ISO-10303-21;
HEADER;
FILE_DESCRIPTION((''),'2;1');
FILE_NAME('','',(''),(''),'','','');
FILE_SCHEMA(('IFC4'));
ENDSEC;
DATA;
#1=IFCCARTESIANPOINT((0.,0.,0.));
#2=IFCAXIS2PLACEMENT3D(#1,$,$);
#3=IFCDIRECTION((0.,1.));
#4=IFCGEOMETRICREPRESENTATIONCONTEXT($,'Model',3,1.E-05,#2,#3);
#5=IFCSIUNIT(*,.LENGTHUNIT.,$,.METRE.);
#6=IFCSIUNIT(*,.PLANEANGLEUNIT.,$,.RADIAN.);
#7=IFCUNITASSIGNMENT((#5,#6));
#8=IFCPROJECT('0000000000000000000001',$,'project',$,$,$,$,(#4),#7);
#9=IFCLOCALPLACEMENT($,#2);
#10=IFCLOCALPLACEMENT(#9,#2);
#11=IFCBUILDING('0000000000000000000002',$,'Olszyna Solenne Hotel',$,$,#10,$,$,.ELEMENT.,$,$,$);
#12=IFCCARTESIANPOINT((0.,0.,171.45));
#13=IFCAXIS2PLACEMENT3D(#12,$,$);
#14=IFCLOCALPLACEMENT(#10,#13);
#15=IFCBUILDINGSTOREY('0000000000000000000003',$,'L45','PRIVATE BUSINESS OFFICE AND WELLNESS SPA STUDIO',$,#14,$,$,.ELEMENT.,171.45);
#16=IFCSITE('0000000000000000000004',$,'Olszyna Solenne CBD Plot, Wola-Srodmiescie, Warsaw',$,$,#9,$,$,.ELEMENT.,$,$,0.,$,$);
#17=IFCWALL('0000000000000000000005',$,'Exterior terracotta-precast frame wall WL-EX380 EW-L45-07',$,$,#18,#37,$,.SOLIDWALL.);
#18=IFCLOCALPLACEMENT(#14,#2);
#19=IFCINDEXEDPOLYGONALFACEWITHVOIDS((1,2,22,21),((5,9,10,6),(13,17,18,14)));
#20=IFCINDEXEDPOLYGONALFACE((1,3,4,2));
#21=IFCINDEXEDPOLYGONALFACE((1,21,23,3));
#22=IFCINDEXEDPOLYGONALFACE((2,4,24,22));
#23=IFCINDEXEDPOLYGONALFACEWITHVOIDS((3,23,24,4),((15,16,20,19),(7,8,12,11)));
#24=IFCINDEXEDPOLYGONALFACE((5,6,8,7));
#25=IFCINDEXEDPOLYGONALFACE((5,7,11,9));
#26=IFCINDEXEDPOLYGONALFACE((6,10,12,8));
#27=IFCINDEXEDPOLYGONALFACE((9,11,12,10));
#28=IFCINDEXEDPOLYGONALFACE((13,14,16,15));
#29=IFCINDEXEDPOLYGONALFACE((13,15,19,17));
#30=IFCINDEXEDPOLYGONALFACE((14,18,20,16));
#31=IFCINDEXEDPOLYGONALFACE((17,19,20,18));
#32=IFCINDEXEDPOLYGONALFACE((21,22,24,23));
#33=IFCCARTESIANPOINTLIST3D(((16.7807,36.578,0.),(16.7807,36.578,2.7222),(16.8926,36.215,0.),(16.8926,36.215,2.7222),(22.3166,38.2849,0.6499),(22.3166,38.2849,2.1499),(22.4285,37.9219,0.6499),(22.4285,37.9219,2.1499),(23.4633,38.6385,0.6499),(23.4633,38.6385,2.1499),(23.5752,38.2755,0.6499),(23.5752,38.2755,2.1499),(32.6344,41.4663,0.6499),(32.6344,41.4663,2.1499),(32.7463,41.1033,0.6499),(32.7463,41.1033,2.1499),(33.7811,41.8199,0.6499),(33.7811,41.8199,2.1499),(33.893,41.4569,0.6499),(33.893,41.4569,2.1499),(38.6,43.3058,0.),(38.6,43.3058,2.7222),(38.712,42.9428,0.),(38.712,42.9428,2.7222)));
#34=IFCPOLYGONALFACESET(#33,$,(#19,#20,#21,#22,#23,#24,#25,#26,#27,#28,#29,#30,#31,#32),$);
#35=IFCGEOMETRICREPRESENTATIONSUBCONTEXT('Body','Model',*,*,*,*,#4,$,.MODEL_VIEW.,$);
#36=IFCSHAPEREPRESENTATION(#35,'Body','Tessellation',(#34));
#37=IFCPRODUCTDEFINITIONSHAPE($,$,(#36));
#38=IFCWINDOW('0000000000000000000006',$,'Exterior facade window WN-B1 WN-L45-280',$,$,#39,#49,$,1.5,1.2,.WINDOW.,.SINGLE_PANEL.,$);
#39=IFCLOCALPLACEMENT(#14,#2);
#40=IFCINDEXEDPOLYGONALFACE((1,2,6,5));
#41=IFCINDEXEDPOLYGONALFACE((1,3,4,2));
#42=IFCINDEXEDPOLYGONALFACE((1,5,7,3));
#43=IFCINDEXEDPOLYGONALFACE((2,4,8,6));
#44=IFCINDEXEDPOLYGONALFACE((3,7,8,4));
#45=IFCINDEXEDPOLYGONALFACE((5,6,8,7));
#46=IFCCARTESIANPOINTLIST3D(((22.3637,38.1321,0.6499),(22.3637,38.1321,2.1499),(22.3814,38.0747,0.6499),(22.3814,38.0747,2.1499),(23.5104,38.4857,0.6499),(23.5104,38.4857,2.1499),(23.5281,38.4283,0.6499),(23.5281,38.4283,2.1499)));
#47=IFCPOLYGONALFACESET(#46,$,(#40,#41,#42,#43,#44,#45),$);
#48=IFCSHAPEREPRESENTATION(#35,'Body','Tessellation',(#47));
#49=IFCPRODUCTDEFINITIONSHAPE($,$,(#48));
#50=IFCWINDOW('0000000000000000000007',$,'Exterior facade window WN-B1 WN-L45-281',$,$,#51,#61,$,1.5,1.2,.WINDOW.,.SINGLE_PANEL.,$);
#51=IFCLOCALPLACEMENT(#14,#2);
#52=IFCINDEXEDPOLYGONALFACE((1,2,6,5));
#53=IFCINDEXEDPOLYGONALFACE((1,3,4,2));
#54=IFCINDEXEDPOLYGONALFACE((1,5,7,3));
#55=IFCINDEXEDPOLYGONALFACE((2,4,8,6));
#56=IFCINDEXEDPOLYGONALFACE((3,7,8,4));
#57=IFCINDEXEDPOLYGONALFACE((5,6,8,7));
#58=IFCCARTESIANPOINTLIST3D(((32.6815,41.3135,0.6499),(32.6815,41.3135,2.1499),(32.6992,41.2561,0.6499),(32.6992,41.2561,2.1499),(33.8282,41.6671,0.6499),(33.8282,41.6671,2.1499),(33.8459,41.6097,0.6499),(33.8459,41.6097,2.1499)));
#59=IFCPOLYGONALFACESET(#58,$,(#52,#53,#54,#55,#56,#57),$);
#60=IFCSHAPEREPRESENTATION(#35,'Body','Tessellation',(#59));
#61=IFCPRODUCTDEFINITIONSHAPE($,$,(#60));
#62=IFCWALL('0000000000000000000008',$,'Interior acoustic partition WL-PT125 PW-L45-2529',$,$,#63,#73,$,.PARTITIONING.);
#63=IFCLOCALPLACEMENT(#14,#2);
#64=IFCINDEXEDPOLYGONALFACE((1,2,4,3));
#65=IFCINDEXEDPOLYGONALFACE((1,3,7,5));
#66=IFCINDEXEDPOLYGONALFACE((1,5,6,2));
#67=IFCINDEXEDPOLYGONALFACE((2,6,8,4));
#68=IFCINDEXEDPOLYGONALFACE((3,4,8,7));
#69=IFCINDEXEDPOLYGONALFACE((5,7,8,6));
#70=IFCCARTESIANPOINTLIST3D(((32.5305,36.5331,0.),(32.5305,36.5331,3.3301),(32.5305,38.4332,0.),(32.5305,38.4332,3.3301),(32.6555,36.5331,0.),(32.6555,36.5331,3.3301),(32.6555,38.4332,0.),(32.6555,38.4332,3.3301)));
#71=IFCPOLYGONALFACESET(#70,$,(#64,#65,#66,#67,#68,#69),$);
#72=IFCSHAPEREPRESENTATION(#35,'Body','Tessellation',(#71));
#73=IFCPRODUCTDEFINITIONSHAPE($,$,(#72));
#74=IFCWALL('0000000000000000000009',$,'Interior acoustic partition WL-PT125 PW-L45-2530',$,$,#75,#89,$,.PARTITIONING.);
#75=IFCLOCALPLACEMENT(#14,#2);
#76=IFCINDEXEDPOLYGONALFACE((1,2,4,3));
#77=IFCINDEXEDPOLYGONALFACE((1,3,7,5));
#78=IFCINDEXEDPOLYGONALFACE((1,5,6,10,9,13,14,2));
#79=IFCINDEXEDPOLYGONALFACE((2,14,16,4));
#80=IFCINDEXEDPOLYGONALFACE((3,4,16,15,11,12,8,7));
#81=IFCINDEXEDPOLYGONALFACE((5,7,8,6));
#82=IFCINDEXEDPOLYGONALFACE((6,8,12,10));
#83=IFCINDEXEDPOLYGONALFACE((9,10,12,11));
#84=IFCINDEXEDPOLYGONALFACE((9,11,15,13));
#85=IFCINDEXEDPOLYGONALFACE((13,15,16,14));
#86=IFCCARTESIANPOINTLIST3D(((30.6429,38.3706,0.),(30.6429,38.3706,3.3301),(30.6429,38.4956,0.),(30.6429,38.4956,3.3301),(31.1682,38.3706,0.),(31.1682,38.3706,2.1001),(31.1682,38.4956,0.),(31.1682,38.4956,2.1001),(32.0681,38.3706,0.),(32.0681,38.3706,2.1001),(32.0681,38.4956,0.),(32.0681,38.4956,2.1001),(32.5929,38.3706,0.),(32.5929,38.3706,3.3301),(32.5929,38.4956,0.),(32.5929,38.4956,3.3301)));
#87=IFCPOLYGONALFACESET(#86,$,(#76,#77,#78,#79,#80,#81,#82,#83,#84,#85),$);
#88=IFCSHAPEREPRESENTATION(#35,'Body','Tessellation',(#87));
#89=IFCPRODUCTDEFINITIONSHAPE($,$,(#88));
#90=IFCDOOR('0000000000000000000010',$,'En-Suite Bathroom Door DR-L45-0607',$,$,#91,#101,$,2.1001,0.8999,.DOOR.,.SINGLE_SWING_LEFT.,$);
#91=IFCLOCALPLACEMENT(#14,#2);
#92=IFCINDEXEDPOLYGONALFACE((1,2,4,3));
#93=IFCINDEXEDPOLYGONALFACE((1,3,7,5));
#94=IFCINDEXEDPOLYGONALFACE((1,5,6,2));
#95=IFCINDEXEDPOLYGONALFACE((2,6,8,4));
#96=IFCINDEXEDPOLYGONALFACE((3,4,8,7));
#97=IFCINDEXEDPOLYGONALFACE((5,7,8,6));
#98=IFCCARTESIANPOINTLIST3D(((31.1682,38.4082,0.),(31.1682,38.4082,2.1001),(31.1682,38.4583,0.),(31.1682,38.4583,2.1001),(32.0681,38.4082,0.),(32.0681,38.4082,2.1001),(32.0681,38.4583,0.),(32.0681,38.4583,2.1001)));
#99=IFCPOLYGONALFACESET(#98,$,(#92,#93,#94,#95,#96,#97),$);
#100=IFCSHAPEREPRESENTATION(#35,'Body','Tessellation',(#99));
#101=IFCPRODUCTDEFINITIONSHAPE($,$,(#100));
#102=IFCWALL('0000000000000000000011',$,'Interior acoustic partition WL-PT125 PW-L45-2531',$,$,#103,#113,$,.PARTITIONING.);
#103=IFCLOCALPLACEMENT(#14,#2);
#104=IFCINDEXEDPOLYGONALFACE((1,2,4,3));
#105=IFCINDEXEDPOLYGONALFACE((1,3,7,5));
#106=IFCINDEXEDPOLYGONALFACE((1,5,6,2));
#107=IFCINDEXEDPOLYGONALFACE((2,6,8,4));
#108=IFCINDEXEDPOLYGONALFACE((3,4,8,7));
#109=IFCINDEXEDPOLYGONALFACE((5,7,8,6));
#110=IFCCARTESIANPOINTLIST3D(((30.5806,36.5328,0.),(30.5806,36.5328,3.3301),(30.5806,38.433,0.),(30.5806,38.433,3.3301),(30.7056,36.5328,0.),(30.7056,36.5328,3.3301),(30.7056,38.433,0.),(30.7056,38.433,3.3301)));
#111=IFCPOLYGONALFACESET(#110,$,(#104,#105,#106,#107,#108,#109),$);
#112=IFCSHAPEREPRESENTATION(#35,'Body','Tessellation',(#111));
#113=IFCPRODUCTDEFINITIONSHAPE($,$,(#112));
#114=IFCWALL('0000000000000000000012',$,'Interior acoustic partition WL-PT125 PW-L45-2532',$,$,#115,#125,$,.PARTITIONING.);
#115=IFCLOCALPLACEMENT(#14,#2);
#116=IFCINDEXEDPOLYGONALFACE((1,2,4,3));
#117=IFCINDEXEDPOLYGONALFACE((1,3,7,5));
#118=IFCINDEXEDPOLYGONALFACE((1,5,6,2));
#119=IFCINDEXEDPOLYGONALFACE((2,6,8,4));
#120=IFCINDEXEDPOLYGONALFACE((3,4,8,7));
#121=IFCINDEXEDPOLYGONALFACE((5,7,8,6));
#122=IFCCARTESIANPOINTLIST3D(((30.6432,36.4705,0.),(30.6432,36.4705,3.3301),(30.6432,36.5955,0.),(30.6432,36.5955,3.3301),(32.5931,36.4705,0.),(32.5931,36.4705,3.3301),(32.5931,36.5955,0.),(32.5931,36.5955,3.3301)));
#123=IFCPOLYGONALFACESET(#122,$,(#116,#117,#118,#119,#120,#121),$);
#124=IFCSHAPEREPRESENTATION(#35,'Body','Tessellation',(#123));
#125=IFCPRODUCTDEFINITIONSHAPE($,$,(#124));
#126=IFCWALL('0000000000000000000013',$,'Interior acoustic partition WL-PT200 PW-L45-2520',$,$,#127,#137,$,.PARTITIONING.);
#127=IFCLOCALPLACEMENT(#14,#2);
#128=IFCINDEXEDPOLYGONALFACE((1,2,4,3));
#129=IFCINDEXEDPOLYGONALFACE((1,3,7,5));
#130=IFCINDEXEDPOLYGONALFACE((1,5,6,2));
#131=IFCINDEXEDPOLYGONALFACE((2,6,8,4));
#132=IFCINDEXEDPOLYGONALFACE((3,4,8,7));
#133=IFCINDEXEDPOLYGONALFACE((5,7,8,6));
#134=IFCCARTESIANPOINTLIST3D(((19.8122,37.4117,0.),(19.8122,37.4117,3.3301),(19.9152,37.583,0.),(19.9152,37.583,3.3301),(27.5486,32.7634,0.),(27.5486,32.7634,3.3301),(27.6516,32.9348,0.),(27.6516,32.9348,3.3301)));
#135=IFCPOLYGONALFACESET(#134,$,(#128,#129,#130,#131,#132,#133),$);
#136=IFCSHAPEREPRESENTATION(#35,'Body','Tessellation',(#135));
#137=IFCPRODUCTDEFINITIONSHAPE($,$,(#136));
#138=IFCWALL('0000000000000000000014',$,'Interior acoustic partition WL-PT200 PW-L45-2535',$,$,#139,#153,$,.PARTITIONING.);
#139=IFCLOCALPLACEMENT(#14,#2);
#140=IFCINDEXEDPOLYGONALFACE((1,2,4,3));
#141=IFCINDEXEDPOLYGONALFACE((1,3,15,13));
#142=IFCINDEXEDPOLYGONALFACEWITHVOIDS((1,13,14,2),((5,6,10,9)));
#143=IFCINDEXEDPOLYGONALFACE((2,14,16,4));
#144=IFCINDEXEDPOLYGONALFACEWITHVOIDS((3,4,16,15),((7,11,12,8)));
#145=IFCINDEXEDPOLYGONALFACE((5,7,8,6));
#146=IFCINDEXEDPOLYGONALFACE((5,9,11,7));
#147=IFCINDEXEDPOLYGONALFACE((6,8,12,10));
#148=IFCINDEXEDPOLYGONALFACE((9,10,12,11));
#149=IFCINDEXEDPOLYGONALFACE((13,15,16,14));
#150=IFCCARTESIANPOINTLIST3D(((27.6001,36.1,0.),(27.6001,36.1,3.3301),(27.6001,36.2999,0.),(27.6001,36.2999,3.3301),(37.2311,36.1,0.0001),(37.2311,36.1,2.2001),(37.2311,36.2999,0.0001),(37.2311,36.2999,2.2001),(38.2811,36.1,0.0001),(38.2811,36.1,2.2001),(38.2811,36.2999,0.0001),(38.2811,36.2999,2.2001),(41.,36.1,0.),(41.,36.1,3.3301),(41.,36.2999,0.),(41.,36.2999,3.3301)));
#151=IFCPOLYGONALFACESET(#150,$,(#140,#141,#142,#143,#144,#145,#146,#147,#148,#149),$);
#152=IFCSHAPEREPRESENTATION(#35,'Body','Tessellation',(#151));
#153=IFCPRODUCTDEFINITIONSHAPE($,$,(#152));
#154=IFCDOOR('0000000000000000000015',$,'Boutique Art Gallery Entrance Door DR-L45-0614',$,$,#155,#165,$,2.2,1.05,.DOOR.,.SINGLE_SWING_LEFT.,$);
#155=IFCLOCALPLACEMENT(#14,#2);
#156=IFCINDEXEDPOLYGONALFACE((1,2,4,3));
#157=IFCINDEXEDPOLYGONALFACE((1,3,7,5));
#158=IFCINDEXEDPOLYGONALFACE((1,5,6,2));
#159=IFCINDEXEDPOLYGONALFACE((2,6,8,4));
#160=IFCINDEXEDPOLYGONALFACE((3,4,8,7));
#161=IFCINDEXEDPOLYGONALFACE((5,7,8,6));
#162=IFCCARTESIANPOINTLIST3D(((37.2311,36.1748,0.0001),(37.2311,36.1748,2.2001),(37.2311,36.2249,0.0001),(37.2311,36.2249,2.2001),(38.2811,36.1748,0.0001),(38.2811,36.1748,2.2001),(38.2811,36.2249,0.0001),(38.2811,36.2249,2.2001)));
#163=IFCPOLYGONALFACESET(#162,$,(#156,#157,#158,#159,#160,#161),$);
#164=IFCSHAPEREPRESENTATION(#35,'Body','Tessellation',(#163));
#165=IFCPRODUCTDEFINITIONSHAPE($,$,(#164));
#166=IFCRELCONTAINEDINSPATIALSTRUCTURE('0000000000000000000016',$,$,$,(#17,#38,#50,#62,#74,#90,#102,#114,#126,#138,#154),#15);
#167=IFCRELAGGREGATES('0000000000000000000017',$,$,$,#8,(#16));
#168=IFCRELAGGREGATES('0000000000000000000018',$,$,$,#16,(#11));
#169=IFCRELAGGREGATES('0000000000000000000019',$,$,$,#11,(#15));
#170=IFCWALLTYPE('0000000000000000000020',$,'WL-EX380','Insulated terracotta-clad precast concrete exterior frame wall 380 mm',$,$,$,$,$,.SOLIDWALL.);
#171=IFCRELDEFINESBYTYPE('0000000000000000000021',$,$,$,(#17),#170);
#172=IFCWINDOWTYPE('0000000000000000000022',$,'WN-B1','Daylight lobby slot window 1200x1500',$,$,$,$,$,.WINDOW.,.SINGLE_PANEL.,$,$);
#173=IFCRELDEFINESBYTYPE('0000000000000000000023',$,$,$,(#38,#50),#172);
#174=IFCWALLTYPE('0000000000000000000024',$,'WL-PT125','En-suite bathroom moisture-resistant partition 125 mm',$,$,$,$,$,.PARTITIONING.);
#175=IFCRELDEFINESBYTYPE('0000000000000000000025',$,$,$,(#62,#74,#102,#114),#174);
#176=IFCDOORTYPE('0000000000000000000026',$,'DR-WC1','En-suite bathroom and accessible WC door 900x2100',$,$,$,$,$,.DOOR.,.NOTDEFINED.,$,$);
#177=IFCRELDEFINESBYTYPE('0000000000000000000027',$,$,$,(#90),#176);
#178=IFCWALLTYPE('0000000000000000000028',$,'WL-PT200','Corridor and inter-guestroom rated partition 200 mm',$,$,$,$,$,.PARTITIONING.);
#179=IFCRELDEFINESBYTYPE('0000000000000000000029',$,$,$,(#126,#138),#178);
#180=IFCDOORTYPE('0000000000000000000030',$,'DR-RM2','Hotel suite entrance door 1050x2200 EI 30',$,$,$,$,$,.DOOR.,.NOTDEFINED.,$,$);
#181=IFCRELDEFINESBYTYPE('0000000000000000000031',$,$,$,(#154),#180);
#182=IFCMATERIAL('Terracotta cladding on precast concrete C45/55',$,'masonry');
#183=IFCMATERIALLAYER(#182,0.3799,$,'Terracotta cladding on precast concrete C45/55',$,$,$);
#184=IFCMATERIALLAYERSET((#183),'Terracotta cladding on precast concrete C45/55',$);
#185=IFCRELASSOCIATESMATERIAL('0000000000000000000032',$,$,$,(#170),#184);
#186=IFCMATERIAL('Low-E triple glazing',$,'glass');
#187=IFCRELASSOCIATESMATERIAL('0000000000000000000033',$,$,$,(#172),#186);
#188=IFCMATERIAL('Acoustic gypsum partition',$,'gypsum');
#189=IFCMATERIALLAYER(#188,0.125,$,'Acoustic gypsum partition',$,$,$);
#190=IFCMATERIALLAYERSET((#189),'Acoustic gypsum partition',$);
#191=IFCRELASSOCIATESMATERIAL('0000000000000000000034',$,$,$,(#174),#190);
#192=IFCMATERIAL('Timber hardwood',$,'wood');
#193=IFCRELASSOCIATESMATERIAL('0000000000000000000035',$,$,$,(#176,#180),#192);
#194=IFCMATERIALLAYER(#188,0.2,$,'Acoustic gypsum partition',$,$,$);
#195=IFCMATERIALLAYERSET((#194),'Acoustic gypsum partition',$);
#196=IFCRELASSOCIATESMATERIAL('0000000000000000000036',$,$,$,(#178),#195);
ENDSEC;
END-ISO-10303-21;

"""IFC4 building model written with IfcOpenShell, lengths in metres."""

from ifc_helpers import new_model, si_unit, direction, frame, frame_2d, origin, place, context, subcontext, project, spatial, rectangle, extrude, source, transform, mapped, material, layer, layer_set, type_object, type_shapes, element, fill, save


model = new_model("IFC4")

# Units and contexts
model_context = context("Model", 3, precision=1e-05, world=origin(), true_north=direction((0.0, 1.0)))
body_context = subcontext(model_context, "Body", "Model", "MODEL_VIEW")
ifc_project = project(units=[si_unit("LENGTHUNIT", "METRE"), si_unit("PLANEANGLEUNIT", "RADIAN")], contexts=[model_context])

# Site, building, storey
site_placement = place(None, origin())
site = spatial("IfcSite", under=ifc_project, at=site_placement, Name="Olszyna Solenne CBD Plot, Wola-Srodmiescie, Warsaw", CompositionType="ELEMENT", RefElevation=0.0)
building_placement = place(site_placement, origin())
building = spatial("IfcBuilding", under=site, at=building_placement, Name="Olszyna Solenne Hotel", CompositionType="ELEMENT")
storey_placement = place(building_placement, frame((0.0, 0.0, 171.45)))
storey = spatial("IfcBuildingStorey", under=building, at=storey_placement, Name="L45", Description="PRIVATE BUSINESS OFFICE AND WELLNESS SPA STUDIO", CompositionType="ELEMENT", Elevation=171.45)

# Shared definitions
ifc_material_1 = material(Name="Terracotta cladding on precast concrete C45/55", Category="masonry")
ifc_layer_1 = layer(ifc_material_1, 0.3799, Name="Terracotta cladding on precast concrete C45/55")
ifc_layer_set_1 = layer_set([ifc_layer_1], Name="Terracotta cladding on precast concrete C45/55")
wall_type_1 = type_object("IfcWallType", Name="WL-EX380", Description="Insulated terracotta-clad precast concrete exterior frame wall 380 mm", PredefinedType="SOLIDWALL", material=ifc_layer_set_1)

# Wall, openings, windows
wall_1_placement = place(storey_placement, frame((16.8367, 36.3965, 0.0), z_axis=(0.0, 0.0, 1.0), x_axis=(0.955605, 0.294652, 0.0)))
wall_1 = element("IfcWall", 1, at=wall_1_placement, inside=storey, type_object=wall_type_1, Name="Exterior terracotta-precast frame wall WL-EX380 EW-L45-07", PredefinedType="SOLIDWALL", context=body_context, shape_type="SweptSolid", body=[
    extrude(rectangle(XDim=22.833, YDim=0.3799, at=frame_2d((11.4165, 0.0))), origin(), (0.0, 0.0, 1.0), 2.7222),
])
opening_1_placement = place(wall_1_placement, frame((5.793, 0.0, 0.6499)))
opening_1 = element("IfcOpeningElement", 2, at=opening_1_placement, cuts=wall_1, PredefinedType="OPENING", context=body_context, shape_type="SweptSolid", body=[
    extrude(rectangle(XDim=1.2, YDim=1.5, at=frame_2d((0.6001, 0.75))), frame((0.0, 0.2, 0.0), z_axis=(0.0, -1.0, 0.0), x_axis=(1.0, 0.0, 0.0)), (0.0, 0.0, 1.0), 0.3999),
])
opening_2_placement = place(wall_1_placement, frame((16.5901, 0.0, 0.6499)))
opening_2 = element("IfcOpeningElement", 3, at=opening_2_placement, cuts=wall_1, PredefinedType="OPENING", context=body_context, shape_type="SweptSolid", body=[
    extrude(rectangle(XDim=1.2, YDim=1.5, at=frame_2d((0.6001, 0.75))), frame((0.0, 0.2, 0.0), z_axis=(0.0, -1.0, 0.0), x_axis=(1.0, 0.0, 0.0)), (0.0, 0.0, 1.0), 0.3999),
])
ifc_material_2 = material(Name="Low-E triple glazing", Category="glass")
window_type = type_object("IfcWindowType", Name="WN-B1", Description="Daylight lobby slot window 1200x1500", PartitioningType="SINGLE_PANEL", PredefinedType="WINDOW", material=ifc_material_2)
shared_shape_1 = source(origin(), body_context, "Body", "SweptSolid", [
    extrude(rectangle(XDim=1.2, YDim=1.5, at=frame_2d((0.6001, 0.75))), frame((0.0, 0.03, 0.0), z_axis=(0.0, -1.0, 0.0), x_axis=(1.0, 0.0, 0.0)), (0.0, 0.0, 1.0), 0.0601),
])
type_shapes(window_type, [shared_shape_1])
window_1_placement = place(opening_1_placement, origin())
window_1 = element("IfcWindow", 4, at=window_1_placement, inside=storey, type_object=window_type, Name="Exterior facade window WN-B1 WN-L45-280", OverallHeight=1.5, OverallWidth=1.2, PartitioningType="SINGLE_PANEL", PredefinedType="WINDOW", context=body_context, shape_type="MappedRepresentation", body=[
    mapped(shared_shape_1, transform((0.0, 0.0, 0.0), x_axis=(1.0, 0.0, 0.0), y_axis=(0.0, 1.0, 0.0), z_axis=(0.0, 0.0, 1.0), scale=1.0)),
])
fill(opening_1, window_1)
window_2_placement = place(opening_2_placement, origin())
window_2 = element("IfcWindow", 5, at=window_2_placement, inside=storey, type_object=window_type, Name="Exterior facade window WN-B1 WN-L45-281", OverallHeight=1.5, OverallWidth=1.2, PartitioningType="SINGLE_PANEL", PredefinedType="WINDOW", context=body_context, shape_type="MappedRepresentation", body=[
    mapped(shared_shape_1, transform((0.0, 0.0, 0.0), x_axis=(1.0, 0.0, 0.0), y_axis=(0.0, 1.0, 0.0), z_axis=(0.0, 0.0, 1.0), scale=1.0)),
])
fill(opening_2, window_2)

# Wall
ifc_material_3 = material(Name="Acoustic gypsum partition", Category="gypsum")
ifc_layer_2 = layer(ifc_material_3, 0.125, Name="Acoustic gypsum partition")
ifc_layer_set_2 = layer_set([ifc_layer_2], Name="Acoustic gypsum partition")
wall_type_2 = type_object("IfcWallType", Name="WL-PT125", Description="En-suite bathroom moisture-resistant partition 125 mm", PredefinedType="PARTITIONING", material=ifc_layer_set_2)
wall_2_placement = place(storey_placement, frame((32.593, 36.533, 0.0), z_axis=(0.0, 0.0, 1.0), x_axis=(0.0, 1.0, 0.0)))
element("IfcWall", 6, at=wall_2_placement, inside=storey, type_object=wall_type_2, Name="Interior acoustic partition WL-PT125 PW-L45-2529", PredefinedType="PARTITIONING", context=body_context, shape_type="SweptSolid", body=[
    extrude(rectangle(XDim=1.9001, YDim=0.125, at=frame_2d((0.9502, 0.0))), origin(), (0.0, 0.0, 1.0), 3.3301),
])

# Wall, opening, door
wall_3_placement = place(storey_placement, frame((32.593, 38.4331, 0.0), z_axis=(0.0, 0.0, 1.0), x_axis=(-1.0, 0.0, 0.0)))
wall_3 = element("IfcWall", 7, at=wall_3_placement, inside=storey, type_object=wall_type_2, Name="Interior acoustic partition WL-PT125 PW-L45-2530", PredefinedType="PARTITIONING", context=body_context, shape_type="SweptSolid", body=[
    extrude(rectangle(XDim=1.95, YDim=0.125, at=frame_2d((0.9751, 0.0))), origin(), (0.0, 0.0, 1.0), 3.3301),
])
opening_3_placement = place(wall_3_placement, frame((0.5249, 0.0, 0.0)))
opening_3 = element("IfcOpeningElement", 8, at=opening_3_placement, cuts=wall_3, PredefinedType="OPENING", context=body_context, shape_type="SweptSolid", body=[
    extrude(rectangle(XDim=0.8999, YDim=2.1001, at=frame_2d((0.45, 1.05))), frame((0.0, 0.0725, 0.0), z_axis=(0.0, -1.0, 0.0), x_axis=(1.0, 0.0, 0.0)), (0.0, 0.0, 1.0), 0.145),
])
ifc_material_4 = material(Name="Timber hardwood", Category="wood")
door_type_1 = type_object("IfcDoorType", Name="DR-WC1", Description="En-suite bathroom and accessible WC door 900x2100", OperationType="NOTDEFINED", PredefinedType="DOOR", material=ifc_material_4)
shared_shape_2 = source(origin(), body_context, "Body", "SweptSolid", [
    extrude(rectangle(XDim=0.8999, YDim=2.1001, at=frame_2d((0.45, 1.05))), frame((0.0, 0.0249, 0.0), z_axis=(0.0, -1.0, 0.0), x_axis=(1.0, 0.0, 0.0)), (0.0, 0.0, 1.0), 0.05),
])
type_shapes(door_type_1, [shared_shape_2])
door_1_placement = place(opening_3_placement, origin())
door_1 = element("IfcDoor", 9, at=door_1_placement, inside=storey, type_object=door_type_1, Name="En-Suite Bathroom Door DR-L45-0607", OperationType="SINGLE_SWING_LEFT", OverallHeight=2.1001, OverallWidth=0.8999, PredefinedType="DOOR", context=body_context, shape_type="MappedRepresentation", body=[
    mapped(shared_shape_2, transform((0.0, 0.0, 0.0), x_axis=(1.0, 0.0, 0.0), y_axis=(0.0, 1.0, 0.0), z_axis=(0.0, 0.0, 1.0), scale=1.0)),
])
fill(opening_3, door_1)

# Walls
wall_4_placement = place(storey_placement, frame((30.6431, 38.4331, 0.0), z_axis=(0.0, 0.0, 1.0), x_axis=(0.0, -1.0, 0.0)))
element("IfcWall", 10, at=wall_4_placement, inside=storey, type_object=wall_type_2, Name="Interior acoustic partition WL-PT125 PW-L45-2531", PredefinedType="PARTITIONING", context=body_context, shape_type="SweptSolid", body=[
    extrude(rectangle(XDim=1.9001, YDim=0.125, at=frame_2d((0.9502, 0.0))), origin(), (0.0, 0.0, 1.0), 3.3301),
])
wall_5_placement = place(storey_placement, frame((30.6431, 36.533, 0.0), z_axis=(0.0, 0.0, 1.0), x_axis=(1.0, 0.0, 0.0)))
element("IfcWall", 11, at=wall_5_placement, inside=storey, type_object=wall_type_2, Name="Interior acoustic partition WL-PT125 PW-L45-2532", PredefinedType="PARTITIONING", context=body_context, shape_type="SweptSolid", body=[
    extrude(rectangle(XDim=1.95, YDim=0.125, at=frame_2d((0.9751, 0.0))), origin(), (0.0, 0.0, 1.0), 3.3301),
])
ifc_layer_3 = layer(ifc_material_3, 0.2, Name="Acoustic gypsum partition")
ifc_layer_set_3 = layer_set([ifc_layer_3], Name="Acoustic gypsum partition")
wall_type_3 = type_object("IfcWallType", Name="WL-PT200", Description="Corridor and inter-guestroom rated partition 200 mm", PredefinedType="PARTITIONING", material=ifc_layer_set_3)
wall_6_placement = place(storey_placement, frame((27.6001, 32.8491, 0.0), z_axis=(0.0, 0.0, 1.0), x_axis=(-0.85718, 0.515017, 0.0)))
element("IfcWall", 12, at=wall_6_placement, inside=storey, type_object=wall_type_3, Name="Interior acoustic partition WL-PT200 PW-L45-2520", PredefinedType="PARTITIONING", context=body_context, shape_type="SweptSolid", body=[
    extrude(rectangle(XDim=9.0254, YDim=0.2, at=frame_2d((4.5127, 0.0))), origin(), (0.0, 0.0, 1.0), 3.3301),
])

# Wall, opening, door
wall_7_placement = place(storey_placement, frame((27.6001, 36.2, 0.0), z_axis=(0.0, 0.0, 1.0), x_axis=(1.0, 0.0, 0.0)))
wall_7 = element("IfcWall", 13, at=wall_7_placement, inside=storey, type_object=wall_type_3, Name="Interior acoustic partition WL-PT200 PW-L45-2535", PredefinedType="PARTITIONING", context=body_context, shape_type="SweptSolid", body=[
    extrude(rectangle(XDim=13.3999, YDim=0.2, at=frame_2d((6.7, 0.0))), origin(), (0.0, 0.0, 1.0), 3.3301),
])
opening_4_placement = place(wall_7_placement, frame((9.6311, 0.0, 0.0)))
opening_4 = element("IfcOpeningElement", 14, at=opening_4_placement, cuts=wall_7, PredefinedType="OPENING", context=body_context, shape_type="SweptSolid", body=[
    extrude(rectangle(XDim=1.05, YDim=2.2, at=frame_2d((0.5249, 1.1001))), frame((0.0, 0.1099, 0.0), z_axis=(0.0, -1.0, 0.0), x_axis=(1.0, 0.0, 0.0)), (0.0, 0.0, 1.0), 0.22),
])
door_type_2 = type_object("IfcDoorType", Name="DR-RM2", Description="Hotel suite entrance door 1050x2200 EI 30", OperationType="NOTDEFINED", PredefinedType="DOOR", material=ifc_material_4)
shared_shape_3 = source(origin(), body_context, "Body", "SweptSolid", [
    extrude(rectangle(XDim=1.05, YDim=2.2, at=frame_2d((0.5249, 1.1001))), frame((0.0, 0.0249, 0.0), z_axis=(0.0, -1.0, 0.0), x_axis=(1.0, 0.0, 0.0)), (0.0, 0.0, 1.0), 0.05),
])
type_shapes(door_type_2, [shared_shape_3])
door_2_placement = place(opening_4_placement, origin())
door_2 = element("IfcDoor", 15, at=door_2_placement, inside=storey, type_object=door_type_2, Name="Boutique Art Gallery Entrance Door DR-L45-0614", OperationType="SINGLE_SWING_LEFT", OverallHeight=2.2, OverallWidth=1.05, PredefinedType="DOOR", context=body_context, shape_type="MappedRepresentation", body=[
    mapped(shared_shape_3, transform((0.0, 0.0, 0.0), x_axis=(1.0, 0.0, 0.0), y_axis=(0.0, 1.0, 0.0), z_axis=(0.0, 0.0, 1.0), scale=1.0)),
])
fill(opening_4, door_2)

save(model, "model.ifc")
